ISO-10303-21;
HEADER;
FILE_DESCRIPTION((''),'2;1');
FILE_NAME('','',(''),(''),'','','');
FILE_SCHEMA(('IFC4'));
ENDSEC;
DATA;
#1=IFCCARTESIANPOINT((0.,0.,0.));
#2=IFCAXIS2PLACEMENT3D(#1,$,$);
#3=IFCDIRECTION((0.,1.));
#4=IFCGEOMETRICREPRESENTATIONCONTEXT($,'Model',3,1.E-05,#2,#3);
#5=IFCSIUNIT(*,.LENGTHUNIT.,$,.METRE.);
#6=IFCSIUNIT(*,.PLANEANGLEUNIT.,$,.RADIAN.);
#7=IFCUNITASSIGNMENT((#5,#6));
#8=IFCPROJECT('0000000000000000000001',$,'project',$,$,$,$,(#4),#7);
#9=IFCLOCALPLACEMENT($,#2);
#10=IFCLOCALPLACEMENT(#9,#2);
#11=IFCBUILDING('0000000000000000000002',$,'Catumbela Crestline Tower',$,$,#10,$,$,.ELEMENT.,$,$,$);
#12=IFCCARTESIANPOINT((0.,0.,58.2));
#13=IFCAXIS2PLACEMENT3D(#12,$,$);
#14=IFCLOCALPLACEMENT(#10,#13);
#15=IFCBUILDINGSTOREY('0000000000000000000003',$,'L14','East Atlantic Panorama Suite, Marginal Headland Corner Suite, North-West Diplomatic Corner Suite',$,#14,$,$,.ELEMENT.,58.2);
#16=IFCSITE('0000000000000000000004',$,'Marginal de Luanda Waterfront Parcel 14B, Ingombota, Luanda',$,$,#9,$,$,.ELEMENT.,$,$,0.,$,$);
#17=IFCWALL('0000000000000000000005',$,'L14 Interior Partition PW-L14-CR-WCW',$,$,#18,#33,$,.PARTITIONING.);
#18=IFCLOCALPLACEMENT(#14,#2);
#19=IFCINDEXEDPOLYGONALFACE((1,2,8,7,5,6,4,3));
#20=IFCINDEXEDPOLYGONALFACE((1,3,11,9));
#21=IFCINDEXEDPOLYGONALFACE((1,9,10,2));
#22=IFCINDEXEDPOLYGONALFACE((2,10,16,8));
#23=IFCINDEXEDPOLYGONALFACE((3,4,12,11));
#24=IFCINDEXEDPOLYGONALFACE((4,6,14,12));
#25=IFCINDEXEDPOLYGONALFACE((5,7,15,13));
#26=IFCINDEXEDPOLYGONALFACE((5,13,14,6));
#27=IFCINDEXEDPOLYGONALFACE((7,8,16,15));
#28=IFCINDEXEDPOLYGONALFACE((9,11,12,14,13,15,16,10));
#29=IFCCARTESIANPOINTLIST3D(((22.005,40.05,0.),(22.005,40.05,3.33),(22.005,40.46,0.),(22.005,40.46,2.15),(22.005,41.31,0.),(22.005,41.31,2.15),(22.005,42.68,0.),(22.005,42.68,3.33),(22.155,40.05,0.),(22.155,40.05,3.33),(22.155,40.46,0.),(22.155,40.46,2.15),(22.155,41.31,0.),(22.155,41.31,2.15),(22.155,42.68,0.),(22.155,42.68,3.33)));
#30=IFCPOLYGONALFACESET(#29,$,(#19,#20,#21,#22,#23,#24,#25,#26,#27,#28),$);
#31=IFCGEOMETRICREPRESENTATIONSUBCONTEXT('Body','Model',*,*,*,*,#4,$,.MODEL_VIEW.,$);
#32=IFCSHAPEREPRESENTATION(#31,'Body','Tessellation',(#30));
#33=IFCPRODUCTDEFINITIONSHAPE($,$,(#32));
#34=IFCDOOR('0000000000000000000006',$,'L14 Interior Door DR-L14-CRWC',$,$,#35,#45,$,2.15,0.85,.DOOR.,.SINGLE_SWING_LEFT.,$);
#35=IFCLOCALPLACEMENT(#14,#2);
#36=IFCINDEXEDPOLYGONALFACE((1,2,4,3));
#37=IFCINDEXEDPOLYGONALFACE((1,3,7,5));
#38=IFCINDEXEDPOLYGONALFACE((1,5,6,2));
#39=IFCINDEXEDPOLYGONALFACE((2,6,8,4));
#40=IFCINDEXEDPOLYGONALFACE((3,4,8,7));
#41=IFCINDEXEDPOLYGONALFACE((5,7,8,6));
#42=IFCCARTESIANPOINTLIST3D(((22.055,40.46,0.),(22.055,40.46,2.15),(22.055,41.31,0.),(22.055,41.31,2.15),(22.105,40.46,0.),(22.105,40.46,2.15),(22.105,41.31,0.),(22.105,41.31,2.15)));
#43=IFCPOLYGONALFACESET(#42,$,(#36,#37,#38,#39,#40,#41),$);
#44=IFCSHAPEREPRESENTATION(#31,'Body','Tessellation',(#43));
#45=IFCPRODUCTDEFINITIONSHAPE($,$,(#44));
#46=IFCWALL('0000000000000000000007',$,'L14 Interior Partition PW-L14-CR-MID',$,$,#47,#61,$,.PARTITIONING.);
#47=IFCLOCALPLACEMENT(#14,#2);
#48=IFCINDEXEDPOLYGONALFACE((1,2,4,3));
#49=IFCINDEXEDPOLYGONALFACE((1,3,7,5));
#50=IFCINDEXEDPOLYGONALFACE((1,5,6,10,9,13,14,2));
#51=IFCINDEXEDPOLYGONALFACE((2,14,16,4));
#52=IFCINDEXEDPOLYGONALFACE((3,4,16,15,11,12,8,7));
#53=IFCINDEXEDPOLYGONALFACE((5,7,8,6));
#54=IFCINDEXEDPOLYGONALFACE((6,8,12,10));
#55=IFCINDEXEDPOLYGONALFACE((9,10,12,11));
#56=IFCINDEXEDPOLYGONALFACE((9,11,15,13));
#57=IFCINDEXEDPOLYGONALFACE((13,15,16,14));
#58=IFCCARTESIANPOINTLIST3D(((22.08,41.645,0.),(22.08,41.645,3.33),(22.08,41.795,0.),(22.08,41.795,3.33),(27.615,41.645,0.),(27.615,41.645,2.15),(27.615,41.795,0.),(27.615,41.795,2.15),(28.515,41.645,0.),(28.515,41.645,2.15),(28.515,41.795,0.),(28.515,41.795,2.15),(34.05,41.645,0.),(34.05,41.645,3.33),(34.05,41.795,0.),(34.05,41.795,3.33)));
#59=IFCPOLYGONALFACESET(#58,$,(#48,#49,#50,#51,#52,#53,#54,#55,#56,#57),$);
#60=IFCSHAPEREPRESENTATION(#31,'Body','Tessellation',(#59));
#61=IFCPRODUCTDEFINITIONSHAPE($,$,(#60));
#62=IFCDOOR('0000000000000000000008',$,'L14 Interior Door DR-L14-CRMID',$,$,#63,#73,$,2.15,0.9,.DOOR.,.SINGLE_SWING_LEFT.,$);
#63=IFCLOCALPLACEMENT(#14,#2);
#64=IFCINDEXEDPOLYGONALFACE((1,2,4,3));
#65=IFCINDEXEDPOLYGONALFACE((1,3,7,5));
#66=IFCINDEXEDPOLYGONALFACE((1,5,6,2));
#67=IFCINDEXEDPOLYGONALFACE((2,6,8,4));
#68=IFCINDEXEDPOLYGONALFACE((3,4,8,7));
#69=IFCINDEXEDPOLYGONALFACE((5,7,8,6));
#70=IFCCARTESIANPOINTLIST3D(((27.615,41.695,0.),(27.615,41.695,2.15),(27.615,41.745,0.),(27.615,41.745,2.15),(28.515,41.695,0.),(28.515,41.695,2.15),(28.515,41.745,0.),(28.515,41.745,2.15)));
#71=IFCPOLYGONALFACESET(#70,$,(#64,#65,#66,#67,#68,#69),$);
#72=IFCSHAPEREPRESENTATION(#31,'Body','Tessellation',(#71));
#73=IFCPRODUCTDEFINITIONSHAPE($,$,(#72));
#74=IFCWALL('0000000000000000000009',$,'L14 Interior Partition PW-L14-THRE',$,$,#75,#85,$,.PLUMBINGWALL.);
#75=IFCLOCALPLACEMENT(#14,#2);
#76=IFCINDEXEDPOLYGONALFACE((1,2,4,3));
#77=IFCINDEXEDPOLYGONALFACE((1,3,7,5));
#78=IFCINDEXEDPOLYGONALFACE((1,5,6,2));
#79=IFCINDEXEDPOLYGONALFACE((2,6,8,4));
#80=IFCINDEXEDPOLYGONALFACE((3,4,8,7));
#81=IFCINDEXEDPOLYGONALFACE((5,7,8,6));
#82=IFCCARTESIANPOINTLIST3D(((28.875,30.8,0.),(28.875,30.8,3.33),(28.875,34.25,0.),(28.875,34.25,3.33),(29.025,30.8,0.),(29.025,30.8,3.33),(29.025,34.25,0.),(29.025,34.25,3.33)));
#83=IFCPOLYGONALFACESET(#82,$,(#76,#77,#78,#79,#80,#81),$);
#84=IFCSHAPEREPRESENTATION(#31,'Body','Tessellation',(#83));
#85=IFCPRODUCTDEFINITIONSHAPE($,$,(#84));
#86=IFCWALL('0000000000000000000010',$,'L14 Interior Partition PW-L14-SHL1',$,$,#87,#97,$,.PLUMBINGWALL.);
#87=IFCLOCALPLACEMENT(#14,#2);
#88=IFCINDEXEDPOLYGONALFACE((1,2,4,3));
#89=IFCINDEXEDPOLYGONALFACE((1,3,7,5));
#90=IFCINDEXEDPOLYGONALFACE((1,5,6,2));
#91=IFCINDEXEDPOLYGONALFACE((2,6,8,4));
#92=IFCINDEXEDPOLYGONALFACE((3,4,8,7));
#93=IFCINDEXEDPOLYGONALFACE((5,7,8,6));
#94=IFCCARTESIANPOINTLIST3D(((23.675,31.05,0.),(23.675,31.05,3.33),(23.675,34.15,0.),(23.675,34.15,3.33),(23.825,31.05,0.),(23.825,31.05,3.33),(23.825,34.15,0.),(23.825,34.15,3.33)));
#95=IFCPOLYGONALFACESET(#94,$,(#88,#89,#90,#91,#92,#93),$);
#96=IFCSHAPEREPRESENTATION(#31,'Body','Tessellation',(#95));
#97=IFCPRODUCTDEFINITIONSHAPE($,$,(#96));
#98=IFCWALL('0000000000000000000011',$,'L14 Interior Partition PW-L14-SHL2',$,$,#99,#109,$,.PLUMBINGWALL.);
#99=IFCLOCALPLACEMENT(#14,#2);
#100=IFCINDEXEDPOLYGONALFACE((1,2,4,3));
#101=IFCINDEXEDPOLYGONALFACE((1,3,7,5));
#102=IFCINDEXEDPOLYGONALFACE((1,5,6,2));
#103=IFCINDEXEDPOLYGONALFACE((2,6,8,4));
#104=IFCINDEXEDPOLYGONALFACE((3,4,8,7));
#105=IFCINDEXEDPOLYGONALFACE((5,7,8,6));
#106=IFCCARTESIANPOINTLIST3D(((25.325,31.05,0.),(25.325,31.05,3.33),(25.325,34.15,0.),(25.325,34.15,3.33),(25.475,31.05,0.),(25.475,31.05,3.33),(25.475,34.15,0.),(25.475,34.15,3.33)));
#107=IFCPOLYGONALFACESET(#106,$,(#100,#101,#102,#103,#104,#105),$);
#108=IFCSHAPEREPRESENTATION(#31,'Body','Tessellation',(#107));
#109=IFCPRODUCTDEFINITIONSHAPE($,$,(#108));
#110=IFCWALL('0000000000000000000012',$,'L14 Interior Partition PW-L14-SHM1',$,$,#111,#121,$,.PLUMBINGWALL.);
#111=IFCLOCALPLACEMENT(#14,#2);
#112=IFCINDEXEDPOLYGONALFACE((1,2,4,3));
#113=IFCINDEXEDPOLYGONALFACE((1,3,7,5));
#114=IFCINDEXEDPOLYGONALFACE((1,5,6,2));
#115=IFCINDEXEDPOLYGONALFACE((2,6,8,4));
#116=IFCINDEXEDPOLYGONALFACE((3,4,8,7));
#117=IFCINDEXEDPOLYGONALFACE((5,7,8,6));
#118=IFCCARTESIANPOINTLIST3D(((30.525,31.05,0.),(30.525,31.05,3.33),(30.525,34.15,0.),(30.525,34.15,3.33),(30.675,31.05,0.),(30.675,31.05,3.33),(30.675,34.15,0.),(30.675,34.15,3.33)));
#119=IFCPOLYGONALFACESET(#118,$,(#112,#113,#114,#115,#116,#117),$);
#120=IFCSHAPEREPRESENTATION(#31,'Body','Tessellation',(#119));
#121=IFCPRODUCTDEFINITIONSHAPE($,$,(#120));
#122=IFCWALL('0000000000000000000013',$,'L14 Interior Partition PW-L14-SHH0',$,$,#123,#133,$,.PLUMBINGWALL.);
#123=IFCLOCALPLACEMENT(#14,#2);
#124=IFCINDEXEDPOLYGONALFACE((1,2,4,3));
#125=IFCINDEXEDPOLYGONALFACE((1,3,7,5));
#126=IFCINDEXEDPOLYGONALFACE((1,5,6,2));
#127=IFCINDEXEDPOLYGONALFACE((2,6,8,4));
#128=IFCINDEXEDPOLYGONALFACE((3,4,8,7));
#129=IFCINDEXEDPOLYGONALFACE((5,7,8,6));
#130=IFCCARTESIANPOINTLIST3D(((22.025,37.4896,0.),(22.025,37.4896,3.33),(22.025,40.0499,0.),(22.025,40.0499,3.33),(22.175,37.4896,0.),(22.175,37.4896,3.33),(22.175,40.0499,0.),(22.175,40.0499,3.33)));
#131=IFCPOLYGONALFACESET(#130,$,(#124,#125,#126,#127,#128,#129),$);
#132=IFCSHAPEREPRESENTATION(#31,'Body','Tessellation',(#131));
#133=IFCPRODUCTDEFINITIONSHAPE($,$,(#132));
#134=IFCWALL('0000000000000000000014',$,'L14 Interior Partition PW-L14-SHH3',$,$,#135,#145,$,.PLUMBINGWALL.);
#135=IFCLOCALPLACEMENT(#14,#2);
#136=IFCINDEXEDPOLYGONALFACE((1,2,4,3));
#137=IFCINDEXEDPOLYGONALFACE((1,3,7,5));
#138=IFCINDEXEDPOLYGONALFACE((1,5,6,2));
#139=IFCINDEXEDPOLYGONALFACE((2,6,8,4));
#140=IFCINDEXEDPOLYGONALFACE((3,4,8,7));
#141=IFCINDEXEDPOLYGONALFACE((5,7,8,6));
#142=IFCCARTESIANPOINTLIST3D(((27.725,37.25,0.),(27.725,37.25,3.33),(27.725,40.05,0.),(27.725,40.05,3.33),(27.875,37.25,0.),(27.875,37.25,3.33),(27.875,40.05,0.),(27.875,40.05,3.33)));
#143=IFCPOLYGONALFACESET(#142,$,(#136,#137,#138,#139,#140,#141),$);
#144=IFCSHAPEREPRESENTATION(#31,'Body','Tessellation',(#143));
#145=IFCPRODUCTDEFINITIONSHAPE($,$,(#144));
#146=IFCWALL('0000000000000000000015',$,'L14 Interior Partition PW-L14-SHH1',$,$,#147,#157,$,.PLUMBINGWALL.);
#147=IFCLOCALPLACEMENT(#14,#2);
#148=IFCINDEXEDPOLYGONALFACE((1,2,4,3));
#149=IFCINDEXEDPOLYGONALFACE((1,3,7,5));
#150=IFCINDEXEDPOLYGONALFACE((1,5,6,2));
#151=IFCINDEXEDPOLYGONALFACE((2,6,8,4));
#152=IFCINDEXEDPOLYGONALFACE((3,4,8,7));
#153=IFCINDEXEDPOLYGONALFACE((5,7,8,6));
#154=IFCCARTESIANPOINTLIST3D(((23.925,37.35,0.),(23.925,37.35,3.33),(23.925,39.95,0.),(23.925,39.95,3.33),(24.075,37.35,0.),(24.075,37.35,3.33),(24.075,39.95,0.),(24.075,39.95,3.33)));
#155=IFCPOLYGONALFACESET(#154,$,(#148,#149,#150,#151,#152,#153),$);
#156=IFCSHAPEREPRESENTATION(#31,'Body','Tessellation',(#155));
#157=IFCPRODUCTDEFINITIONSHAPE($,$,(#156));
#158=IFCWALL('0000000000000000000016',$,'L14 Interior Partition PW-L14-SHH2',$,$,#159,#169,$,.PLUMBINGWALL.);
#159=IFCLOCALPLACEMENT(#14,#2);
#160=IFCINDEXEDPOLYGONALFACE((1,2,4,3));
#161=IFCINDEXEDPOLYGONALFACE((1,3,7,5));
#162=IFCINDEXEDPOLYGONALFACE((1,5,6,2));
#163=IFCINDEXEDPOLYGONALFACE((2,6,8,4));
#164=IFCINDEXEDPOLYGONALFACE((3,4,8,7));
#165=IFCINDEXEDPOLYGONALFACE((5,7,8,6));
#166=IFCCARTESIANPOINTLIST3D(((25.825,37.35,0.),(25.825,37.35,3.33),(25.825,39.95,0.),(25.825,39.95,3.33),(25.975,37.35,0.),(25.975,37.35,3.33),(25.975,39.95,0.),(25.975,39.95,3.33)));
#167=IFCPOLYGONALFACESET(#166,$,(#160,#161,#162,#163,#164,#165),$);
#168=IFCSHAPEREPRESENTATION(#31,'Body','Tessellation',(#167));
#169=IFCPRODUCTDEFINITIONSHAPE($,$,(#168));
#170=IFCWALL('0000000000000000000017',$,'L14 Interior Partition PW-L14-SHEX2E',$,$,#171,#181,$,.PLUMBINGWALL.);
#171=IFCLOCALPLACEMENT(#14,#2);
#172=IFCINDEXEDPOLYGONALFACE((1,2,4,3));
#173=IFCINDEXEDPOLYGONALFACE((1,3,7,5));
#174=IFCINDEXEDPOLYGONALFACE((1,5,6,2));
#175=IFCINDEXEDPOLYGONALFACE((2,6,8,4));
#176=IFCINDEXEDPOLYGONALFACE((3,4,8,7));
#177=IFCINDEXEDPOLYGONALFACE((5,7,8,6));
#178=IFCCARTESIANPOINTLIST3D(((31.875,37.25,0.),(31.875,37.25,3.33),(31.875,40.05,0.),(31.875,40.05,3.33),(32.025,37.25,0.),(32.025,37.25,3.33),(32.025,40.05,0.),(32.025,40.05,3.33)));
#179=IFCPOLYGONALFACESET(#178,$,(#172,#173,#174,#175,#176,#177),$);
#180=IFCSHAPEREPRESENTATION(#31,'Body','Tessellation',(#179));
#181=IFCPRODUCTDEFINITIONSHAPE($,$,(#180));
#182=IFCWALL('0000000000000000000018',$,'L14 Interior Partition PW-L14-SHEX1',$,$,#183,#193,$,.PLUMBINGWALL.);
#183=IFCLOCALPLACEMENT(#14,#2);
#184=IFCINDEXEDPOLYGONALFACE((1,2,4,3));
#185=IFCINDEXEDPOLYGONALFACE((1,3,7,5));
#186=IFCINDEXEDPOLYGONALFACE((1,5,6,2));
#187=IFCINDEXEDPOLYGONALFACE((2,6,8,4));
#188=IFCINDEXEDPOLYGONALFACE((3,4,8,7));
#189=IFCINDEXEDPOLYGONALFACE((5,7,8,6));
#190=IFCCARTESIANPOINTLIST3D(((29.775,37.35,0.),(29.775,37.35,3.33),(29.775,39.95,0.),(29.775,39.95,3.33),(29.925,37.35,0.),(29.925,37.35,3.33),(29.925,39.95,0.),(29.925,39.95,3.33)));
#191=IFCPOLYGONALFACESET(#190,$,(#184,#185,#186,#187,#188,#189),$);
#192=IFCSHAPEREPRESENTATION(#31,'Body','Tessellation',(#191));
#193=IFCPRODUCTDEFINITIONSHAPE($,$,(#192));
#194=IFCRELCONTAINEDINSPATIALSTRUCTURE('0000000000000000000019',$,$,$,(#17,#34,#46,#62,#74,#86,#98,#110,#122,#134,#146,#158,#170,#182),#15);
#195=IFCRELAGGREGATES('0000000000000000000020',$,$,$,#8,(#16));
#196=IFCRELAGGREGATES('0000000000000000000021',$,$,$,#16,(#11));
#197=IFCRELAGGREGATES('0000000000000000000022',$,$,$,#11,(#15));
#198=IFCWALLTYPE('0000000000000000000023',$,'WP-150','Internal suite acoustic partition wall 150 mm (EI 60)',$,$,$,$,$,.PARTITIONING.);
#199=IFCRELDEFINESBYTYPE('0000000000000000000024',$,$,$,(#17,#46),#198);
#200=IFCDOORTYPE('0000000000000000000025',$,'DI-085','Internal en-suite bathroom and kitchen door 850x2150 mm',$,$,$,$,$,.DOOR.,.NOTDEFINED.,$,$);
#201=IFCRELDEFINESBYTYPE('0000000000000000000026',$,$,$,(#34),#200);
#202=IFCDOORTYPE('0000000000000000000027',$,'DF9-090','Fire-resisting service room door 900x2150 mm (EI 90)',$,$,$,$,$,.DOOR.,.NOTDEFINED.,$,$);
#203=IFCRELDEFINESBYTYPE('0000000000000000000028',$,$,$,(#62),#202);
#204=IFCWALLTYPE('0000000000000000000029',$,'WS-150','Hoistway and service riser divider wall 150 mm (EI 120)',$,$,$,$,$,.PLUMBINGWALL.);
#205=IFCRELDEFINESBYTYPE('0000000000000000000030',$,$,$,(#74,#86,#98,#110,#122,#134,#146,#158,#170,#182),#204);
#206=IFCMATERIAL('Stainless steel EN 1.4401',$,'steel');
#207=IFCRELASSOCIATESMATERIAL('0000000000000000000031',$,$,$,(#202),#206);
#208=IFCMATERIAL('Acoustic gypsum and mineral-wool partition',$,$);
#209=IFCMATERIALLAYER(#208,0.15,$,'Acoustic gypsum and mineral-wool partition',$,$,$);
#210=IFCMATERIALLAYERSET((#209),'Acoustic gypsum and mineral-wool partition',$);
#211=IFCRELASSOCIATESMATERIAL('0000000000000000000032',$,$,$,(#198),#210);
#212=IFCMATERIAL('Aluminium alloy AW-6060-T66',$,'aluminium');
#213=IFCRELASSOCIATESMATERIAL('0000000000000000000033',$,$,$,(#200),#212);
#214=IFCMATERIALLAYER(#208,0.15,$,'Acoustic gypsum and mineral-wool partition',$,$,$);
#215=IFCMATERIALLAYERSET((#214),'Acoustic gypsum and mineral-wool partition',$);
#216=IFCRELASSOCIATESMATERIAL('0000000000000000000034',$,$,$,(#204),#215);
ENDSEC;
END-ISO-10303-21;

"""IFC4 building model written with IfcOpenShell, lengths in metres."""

from ifc_helpers import new_model, si_unit, direction, frame, frame_2d, origin, place, context, subcontext, project, spatial, rectangle, extrude, material, layer, layer_set, type_object, element, fill, save


model = new_model("IFC4")

# Units and contexts
model_context = context("Model", 3, precision=1e-05, world=origin(), true_north=direction((0.0, 1.0)))
body_context = subcontext(model_context, "Body", "Model", "MODEL_VIEW")
ifc_project = project(units=[si_unit("LENGTHUNIT", "METRE"), si_unit("PLANEANGLEUNIT", "RADIAN")], contexts=[model_context])

# Site, building, storey
site_placement = place(None, origin())
site = spatial("IfcSite", under=ifc_project, at=site_placement, Name="Marginal de Luanda Waterfront Parcel 14B, Ingombota, Luanda", CompositionType="ELEMENT", RefElevation=0.0)
building_placement = place(site_placement, origin())
building = spatial("IfcBuilding", under=site, at=building_placement, Name="Catumbela Crestline Tower", CompositionType="ELEMENT")
storey_placement = place(building_placement, frame((0.0, 0.0, 58.2)))
storey = spatial("IfcBuildingStorey", under=building, at=storey_placement, Name="L14", Description="East Atlantic Panorama Suite, Marginal Headland Corner Suite, North-West Diplomatic Corner Suite", CompositionType="ELEMENT", Elevation=58.2)

# Shared definitions
ifc_material_1 = material(Name="Aluminium alloy AW-6060-T66", Category="aluminium")

# Shared definitions
ifc_material_2 = material(Name="Stainless steel EN 1.4401", Category="steel")

# Shared definitions
door_type_1 = type_object("IfcDoorType", Name="DF9-090", Description="Fire-resisting service room door 900x2150 mm (EI 90)", OperationType="NOTDEFINED", PredefinedType="DOOR", material=ifc_material_2)

# Walls, openings, doors
ifc_material_3 = material(Name="Acoustic gypsum and mineral-wool partition")
ifc_layer_1 = layer(ifc_material_3, 0.15, Name="Acoustic gypsum and mineral-wool partition")
ifc_layer_set_1 = layer_set([ifc_layer_1], Name="Acoustic gypsum and mineral-wool partition")
wall_type_1 = type_object("IfcWallType", Name="WP-150", Description="Internal suite acoustic partition wall 150 mm (EI 60)", PredefinedType="PARTITIONING", material=ifc_layer_set_1)
wall_1_placement = place(storey_placement, frame((22.08, 40.05, 0.0), z_axis=(0.0, 0.0, 1.0), x_axis=(0.0, 1.0, 0.0)))
wall_1 = element("IfcWall", 1, at=wall_1_placement, inside=storey, type_object=wall_type_1, Name="L14 Interior Partition PW-L14-CR-WCW", PredefinedType="PARTITIONING", context=body_context, shape_type="SweptSolid", body=[
    extrude(rectangle(XDim=2.63, YDim=0.15, at=frame_2d((1.315, 0.0))), origin(), (0.0, 0.0, 1.0), 3.33),
])
opening_1_placement = place(wall_1_placement, frame((0.41, 0.0, 0.0)))
opening_1 = element("IfcOpeningElement", 2, at=opening_1_placement, cuts=wall_1, PredefinedType="OPENING", context=body_context, shape_type="SweptSolid", body=[
    extrude(rectangle(XDim=0.85, YDim=2.15, at=frame_2d((0.425, 1.075))), frame((0.0, 0.085, 0.0), z_axis=(0.0, -1.0, 0.0), x_axis=(1.0, 0.0, 0.0)), (0.0, 0.0, 1.0), 0.17),
])
door_type_2 = type_object("IfcDoorType", Name="DI-085", Description="Internal en-suite bathroom and kitchen door 850x2150 mm", OperationType="NOTDEFINED", PredefinedType="DOOR", material=ifc_material_1)
door_1_placement = place(opening_1_placement, origin())
door_1 = element("IfcDoor", 3, at=door_1_placement, inside=storey, type_object=door_type_2, Name="L14 Interior Door DR-L14-CRWC", OperationType="SINGLE_SWING_LEFT", OverallHeight=2.15, OverallWidth=0.85, PredefinedType="DOOR", context=body_context, shape_type="SweptSolid", body=[
    extrude(rectangle(XDim=0.85, YDim=2.15, at=frame_2d((0.425, 1.075))), frame((0.0, 0.025, 0.0), z_axis=(0.0, -1.0, 0.0), x_axis=(1.0, 0.0, 0.0)), (0.0, 0.0, 1.0), 0.05),
])
fill(opening_1, door_1)
wall_2_placement = place(storey_placement, frame((22.08, 41.72, 0.0), z_axis=(0.0, 0.0, 1.0), x_axis=(1.0, 0.0, 0.0)))
wall_2 = element("IfcWall", 4, at=wall_2_placement, inside=storey, type_object=wall_type_1, Name="L14 Interior Partition PW-L14-CR-MID", PredefinedType="PARTITIONING", context=body_context, shape_type="SweptSolid", body=[
    extrude(rectangle(XDim=11.97, YDim=0.15, at=frame_2d((5.985, 0.0))), origin(), (0.0, 0.0, 1.0), 3.33),
])
opening_2_placement = place(wall_2_placement, frame((5.535, 0.0, 0.0)))
opening_2 = element("IfcOpeningElement", 5, at=opening_2_placement, cuts=wall_2, PredefinedType="OPENING", context=body_context, shape_type="SweptSolid", body=[
    extrude(rectangle(XDim=0.9, YDim=2.15, at=frame_2d((0.45, 1.075))), frame((0.0, 0.085, 0.0), z_axis=(0.0, -1.0, 0.0), x_axis=(1.0, 0.0, 0.0)), (0.0, 0.0, 1.0), 0.17),
])
door_2_placement = place(opening_2_placement, origin())
door_2 = element("IfcDoor", 6, at=door_2_placement, inside=storey, type_object=door_type_1, Name="L14 Interior Door DR-L14-CRMID", OperationType="SINGLE_SWING_LEFT", OverallHeight=2.15, OverallWidth=0.9, PredefinedType="DOOR", context=body_context, shape_type="SweptSolid", body=[
    extrude(rectangle(XDim=0.9, YDim=2.15, at=frame_2d((0.45, 1.075))), frame((0.0, 0.025, 0.0), z_axis=(0.0, -1.0, 0.0), x_axis=(1.0, 0.0, 0.0)), (0.0, 0.0, 1.0), 0.05),
])
fill(opening_2, door_2)

# Walls
ifc_layer_2 = layer(ifc_material_3, 0.15, Name="Acoustic gypsum and mineral-wool partition")
ifc_layer_set_2 = layer_set([ifc_layer_2], Name="Acoustic gypsum and mineral-wool partition")
wall_type_2 = type_object("IfcWallType", Name="WS-150", Description="Hoistway and service riser divider wall 150 mm (EI 120)", PredefinedType="PLUMBINGWALL", material=ifc_layer_set_2)
wall_3_placement = place(storey_placement, frame((28.95, 30.8, 0.0), z_axis=(0.0, 0.0, 1.0), x_axis=(0.0, 1.0, 0.0)))
element("IfcWall", 7, at=wall_3_placement, inside=storey, type_object=wall_type_2, Name="L14 Interior Partition PW-L14-THRE", PredefinedType="PLUMBINGWALL", context=body_context, shape_type="SweptSolid", body=[
    extrude(rectangle(XDim=3.45, YDim=0.15, at=frame_2d((1.725, 0.0))), origin(), (0.0, 0.0, 1.0), 3.33),
])
for number, where, z_axis, x_axis, name in (
    (8, (23.75, 31.05, 0.0), (0.0, 0.0, 1.0), (0.0, 1.0, 0.0), "L14 Interior Partition PW-L14-SHL1"),
    (9, (25.4, 31.05, 0.0), (0.0, 0.0, 1.0), (0.0, 1.0, 0.0), "L14 Interior Partition PW-L14-SHL2"),
    (10, (30.6, 31.05, 0.0), (0.0, 0.0, 1.0), (0.0, 1.0, 0.0), "L14 Interior Partition PW-L14-SHM1"),
):
    element("IfcWall", number, at=place(storey_placement, frame(where, z_axis=z_axis, x_axis=x_axis)), inside=storey, type_object=wall_type_2, Name=name, PredefinedType="PLUMBINGWALL", context=body_context, shape_type="SweptSolid", body=[
        extrude(rectangle(XDim=3.1, YDim=0.15, at=frame_2d((1.55, 0.0))), origin(), (0.0, 0.0, 1.0), 3.33),
    ])
wall_4_placement = place(storey_placement, frame((22.1, 37.4897, 0.0), z_axis=(0.0, 0.0, 1.0), x_axis=(0.0, 1.0, 0.0)))
element("IfcWall", 11, at=wall_4_placement, inside=storey, type_object=wall_type_2, Name="L14 Interior Partition PW-L14-SHH0", PredefinedType="PLUMBINGWALL", context=body_context, shape_type="SweptSolid", body=[
    extrude(rectangle(XDim=2.5603, YDim=0.15, at=frame_2d((1.2801, 0.0))), origin(), (0.0, 0.0, 1.0), 3.33),
])
wall_5_placement = place(storey_placement, frame((27.8, 37.25, 0.0), z_axis=(0.0, 0.0, 1.0), x_axis=(0.0, 1.0, 0.0)))
element("IfcWall", 12, at=wall_5_placement, inside=storey, type_object=wall_type_2, Name="L14 Interior Partition PW-L14-SHH3", PredefinedType="PLUMBINGWALL", context=body_context, shape_type="SweptSolid", body=[
    extrude(rectangle(XDim=2.8, YDim=0.15, at=frame_2d((1.4, 0.0))), origin(), (0.0, 0.0, 1.0), 3.33),
])
for number, where, z_axis, x_axis, name in (
    (13, (24.0, 37.35, 0.0), (0.0, 0.0, 1.0), (0.0, 1.0, 0.0), "L14 Interior Partition PW-L14-SHH1"),
    (14, (25.9, 37.35, 0.0), (0.0, 0.0, 1.0), (0.0, 1.0, 0.0), "L14 Interior Partition PW-L14-SHH2"),
):
    element("IfcWall", number, at=place(storey_placement, frame(where, z_axis=z_axis, x_axis=x_axis)), inside=storey, type_object=wall_type_2, Name=name, PredefinedType="PLUMBINGWALL", context=body_context, shape_type="SweptSolid", body=[
        extrude(rectangle(XDim=2.6, YDim=0.15, at=frame_2d((1.3, 0.0))), origin(), (0.0, 0.0, 1.0), 3.33),
    ])
wall_6_placement = place(storey_placement, frame((31.95, 37.25, 0.0), z_axis=(0.0, 0.0, 1.0), x_axis=(0.0, 1.0, 0.0)))
element("IfcWall", 15, at=wall_6_placement, inside=storey, type_object=wall_type_2, Name="L14 Interior Partition PW-L14-SHEX2E", PredefinedType="PLUMBINGWALL", context=body_context, shape_type="SweptSolid", body=[
    extrude(rectangle(XDim=2.8, YDim=0.15, at=frame_2d((1.4, 0.0))), origin(), (0.0, 0.0, 1.0), 3.33),
])
wall_7_placement = place(storey_placement, frame((29.85, 37.35, 0.0), z_axis=(0.0, 0.0, 1.0), x_axis=(0.0, 1.0, 0.0)))
element("IfcWall", 16, at=wall_7_placement, inside=storey, type_object=wall_type_2, Name="L14 Interior Partition PW-L14-SHEX1", PredefinedType="PLUMBINGWALL", context=body_context, shape_type="SweptSolid", body=[
    extrude(rectangle(XDim=2.6, YDim=0.15, at=frame_2d((1.3, 0.0))), origin(), (0.0, 0.0, 1.0), 3.33),
])

save(model, "model.ifc")
